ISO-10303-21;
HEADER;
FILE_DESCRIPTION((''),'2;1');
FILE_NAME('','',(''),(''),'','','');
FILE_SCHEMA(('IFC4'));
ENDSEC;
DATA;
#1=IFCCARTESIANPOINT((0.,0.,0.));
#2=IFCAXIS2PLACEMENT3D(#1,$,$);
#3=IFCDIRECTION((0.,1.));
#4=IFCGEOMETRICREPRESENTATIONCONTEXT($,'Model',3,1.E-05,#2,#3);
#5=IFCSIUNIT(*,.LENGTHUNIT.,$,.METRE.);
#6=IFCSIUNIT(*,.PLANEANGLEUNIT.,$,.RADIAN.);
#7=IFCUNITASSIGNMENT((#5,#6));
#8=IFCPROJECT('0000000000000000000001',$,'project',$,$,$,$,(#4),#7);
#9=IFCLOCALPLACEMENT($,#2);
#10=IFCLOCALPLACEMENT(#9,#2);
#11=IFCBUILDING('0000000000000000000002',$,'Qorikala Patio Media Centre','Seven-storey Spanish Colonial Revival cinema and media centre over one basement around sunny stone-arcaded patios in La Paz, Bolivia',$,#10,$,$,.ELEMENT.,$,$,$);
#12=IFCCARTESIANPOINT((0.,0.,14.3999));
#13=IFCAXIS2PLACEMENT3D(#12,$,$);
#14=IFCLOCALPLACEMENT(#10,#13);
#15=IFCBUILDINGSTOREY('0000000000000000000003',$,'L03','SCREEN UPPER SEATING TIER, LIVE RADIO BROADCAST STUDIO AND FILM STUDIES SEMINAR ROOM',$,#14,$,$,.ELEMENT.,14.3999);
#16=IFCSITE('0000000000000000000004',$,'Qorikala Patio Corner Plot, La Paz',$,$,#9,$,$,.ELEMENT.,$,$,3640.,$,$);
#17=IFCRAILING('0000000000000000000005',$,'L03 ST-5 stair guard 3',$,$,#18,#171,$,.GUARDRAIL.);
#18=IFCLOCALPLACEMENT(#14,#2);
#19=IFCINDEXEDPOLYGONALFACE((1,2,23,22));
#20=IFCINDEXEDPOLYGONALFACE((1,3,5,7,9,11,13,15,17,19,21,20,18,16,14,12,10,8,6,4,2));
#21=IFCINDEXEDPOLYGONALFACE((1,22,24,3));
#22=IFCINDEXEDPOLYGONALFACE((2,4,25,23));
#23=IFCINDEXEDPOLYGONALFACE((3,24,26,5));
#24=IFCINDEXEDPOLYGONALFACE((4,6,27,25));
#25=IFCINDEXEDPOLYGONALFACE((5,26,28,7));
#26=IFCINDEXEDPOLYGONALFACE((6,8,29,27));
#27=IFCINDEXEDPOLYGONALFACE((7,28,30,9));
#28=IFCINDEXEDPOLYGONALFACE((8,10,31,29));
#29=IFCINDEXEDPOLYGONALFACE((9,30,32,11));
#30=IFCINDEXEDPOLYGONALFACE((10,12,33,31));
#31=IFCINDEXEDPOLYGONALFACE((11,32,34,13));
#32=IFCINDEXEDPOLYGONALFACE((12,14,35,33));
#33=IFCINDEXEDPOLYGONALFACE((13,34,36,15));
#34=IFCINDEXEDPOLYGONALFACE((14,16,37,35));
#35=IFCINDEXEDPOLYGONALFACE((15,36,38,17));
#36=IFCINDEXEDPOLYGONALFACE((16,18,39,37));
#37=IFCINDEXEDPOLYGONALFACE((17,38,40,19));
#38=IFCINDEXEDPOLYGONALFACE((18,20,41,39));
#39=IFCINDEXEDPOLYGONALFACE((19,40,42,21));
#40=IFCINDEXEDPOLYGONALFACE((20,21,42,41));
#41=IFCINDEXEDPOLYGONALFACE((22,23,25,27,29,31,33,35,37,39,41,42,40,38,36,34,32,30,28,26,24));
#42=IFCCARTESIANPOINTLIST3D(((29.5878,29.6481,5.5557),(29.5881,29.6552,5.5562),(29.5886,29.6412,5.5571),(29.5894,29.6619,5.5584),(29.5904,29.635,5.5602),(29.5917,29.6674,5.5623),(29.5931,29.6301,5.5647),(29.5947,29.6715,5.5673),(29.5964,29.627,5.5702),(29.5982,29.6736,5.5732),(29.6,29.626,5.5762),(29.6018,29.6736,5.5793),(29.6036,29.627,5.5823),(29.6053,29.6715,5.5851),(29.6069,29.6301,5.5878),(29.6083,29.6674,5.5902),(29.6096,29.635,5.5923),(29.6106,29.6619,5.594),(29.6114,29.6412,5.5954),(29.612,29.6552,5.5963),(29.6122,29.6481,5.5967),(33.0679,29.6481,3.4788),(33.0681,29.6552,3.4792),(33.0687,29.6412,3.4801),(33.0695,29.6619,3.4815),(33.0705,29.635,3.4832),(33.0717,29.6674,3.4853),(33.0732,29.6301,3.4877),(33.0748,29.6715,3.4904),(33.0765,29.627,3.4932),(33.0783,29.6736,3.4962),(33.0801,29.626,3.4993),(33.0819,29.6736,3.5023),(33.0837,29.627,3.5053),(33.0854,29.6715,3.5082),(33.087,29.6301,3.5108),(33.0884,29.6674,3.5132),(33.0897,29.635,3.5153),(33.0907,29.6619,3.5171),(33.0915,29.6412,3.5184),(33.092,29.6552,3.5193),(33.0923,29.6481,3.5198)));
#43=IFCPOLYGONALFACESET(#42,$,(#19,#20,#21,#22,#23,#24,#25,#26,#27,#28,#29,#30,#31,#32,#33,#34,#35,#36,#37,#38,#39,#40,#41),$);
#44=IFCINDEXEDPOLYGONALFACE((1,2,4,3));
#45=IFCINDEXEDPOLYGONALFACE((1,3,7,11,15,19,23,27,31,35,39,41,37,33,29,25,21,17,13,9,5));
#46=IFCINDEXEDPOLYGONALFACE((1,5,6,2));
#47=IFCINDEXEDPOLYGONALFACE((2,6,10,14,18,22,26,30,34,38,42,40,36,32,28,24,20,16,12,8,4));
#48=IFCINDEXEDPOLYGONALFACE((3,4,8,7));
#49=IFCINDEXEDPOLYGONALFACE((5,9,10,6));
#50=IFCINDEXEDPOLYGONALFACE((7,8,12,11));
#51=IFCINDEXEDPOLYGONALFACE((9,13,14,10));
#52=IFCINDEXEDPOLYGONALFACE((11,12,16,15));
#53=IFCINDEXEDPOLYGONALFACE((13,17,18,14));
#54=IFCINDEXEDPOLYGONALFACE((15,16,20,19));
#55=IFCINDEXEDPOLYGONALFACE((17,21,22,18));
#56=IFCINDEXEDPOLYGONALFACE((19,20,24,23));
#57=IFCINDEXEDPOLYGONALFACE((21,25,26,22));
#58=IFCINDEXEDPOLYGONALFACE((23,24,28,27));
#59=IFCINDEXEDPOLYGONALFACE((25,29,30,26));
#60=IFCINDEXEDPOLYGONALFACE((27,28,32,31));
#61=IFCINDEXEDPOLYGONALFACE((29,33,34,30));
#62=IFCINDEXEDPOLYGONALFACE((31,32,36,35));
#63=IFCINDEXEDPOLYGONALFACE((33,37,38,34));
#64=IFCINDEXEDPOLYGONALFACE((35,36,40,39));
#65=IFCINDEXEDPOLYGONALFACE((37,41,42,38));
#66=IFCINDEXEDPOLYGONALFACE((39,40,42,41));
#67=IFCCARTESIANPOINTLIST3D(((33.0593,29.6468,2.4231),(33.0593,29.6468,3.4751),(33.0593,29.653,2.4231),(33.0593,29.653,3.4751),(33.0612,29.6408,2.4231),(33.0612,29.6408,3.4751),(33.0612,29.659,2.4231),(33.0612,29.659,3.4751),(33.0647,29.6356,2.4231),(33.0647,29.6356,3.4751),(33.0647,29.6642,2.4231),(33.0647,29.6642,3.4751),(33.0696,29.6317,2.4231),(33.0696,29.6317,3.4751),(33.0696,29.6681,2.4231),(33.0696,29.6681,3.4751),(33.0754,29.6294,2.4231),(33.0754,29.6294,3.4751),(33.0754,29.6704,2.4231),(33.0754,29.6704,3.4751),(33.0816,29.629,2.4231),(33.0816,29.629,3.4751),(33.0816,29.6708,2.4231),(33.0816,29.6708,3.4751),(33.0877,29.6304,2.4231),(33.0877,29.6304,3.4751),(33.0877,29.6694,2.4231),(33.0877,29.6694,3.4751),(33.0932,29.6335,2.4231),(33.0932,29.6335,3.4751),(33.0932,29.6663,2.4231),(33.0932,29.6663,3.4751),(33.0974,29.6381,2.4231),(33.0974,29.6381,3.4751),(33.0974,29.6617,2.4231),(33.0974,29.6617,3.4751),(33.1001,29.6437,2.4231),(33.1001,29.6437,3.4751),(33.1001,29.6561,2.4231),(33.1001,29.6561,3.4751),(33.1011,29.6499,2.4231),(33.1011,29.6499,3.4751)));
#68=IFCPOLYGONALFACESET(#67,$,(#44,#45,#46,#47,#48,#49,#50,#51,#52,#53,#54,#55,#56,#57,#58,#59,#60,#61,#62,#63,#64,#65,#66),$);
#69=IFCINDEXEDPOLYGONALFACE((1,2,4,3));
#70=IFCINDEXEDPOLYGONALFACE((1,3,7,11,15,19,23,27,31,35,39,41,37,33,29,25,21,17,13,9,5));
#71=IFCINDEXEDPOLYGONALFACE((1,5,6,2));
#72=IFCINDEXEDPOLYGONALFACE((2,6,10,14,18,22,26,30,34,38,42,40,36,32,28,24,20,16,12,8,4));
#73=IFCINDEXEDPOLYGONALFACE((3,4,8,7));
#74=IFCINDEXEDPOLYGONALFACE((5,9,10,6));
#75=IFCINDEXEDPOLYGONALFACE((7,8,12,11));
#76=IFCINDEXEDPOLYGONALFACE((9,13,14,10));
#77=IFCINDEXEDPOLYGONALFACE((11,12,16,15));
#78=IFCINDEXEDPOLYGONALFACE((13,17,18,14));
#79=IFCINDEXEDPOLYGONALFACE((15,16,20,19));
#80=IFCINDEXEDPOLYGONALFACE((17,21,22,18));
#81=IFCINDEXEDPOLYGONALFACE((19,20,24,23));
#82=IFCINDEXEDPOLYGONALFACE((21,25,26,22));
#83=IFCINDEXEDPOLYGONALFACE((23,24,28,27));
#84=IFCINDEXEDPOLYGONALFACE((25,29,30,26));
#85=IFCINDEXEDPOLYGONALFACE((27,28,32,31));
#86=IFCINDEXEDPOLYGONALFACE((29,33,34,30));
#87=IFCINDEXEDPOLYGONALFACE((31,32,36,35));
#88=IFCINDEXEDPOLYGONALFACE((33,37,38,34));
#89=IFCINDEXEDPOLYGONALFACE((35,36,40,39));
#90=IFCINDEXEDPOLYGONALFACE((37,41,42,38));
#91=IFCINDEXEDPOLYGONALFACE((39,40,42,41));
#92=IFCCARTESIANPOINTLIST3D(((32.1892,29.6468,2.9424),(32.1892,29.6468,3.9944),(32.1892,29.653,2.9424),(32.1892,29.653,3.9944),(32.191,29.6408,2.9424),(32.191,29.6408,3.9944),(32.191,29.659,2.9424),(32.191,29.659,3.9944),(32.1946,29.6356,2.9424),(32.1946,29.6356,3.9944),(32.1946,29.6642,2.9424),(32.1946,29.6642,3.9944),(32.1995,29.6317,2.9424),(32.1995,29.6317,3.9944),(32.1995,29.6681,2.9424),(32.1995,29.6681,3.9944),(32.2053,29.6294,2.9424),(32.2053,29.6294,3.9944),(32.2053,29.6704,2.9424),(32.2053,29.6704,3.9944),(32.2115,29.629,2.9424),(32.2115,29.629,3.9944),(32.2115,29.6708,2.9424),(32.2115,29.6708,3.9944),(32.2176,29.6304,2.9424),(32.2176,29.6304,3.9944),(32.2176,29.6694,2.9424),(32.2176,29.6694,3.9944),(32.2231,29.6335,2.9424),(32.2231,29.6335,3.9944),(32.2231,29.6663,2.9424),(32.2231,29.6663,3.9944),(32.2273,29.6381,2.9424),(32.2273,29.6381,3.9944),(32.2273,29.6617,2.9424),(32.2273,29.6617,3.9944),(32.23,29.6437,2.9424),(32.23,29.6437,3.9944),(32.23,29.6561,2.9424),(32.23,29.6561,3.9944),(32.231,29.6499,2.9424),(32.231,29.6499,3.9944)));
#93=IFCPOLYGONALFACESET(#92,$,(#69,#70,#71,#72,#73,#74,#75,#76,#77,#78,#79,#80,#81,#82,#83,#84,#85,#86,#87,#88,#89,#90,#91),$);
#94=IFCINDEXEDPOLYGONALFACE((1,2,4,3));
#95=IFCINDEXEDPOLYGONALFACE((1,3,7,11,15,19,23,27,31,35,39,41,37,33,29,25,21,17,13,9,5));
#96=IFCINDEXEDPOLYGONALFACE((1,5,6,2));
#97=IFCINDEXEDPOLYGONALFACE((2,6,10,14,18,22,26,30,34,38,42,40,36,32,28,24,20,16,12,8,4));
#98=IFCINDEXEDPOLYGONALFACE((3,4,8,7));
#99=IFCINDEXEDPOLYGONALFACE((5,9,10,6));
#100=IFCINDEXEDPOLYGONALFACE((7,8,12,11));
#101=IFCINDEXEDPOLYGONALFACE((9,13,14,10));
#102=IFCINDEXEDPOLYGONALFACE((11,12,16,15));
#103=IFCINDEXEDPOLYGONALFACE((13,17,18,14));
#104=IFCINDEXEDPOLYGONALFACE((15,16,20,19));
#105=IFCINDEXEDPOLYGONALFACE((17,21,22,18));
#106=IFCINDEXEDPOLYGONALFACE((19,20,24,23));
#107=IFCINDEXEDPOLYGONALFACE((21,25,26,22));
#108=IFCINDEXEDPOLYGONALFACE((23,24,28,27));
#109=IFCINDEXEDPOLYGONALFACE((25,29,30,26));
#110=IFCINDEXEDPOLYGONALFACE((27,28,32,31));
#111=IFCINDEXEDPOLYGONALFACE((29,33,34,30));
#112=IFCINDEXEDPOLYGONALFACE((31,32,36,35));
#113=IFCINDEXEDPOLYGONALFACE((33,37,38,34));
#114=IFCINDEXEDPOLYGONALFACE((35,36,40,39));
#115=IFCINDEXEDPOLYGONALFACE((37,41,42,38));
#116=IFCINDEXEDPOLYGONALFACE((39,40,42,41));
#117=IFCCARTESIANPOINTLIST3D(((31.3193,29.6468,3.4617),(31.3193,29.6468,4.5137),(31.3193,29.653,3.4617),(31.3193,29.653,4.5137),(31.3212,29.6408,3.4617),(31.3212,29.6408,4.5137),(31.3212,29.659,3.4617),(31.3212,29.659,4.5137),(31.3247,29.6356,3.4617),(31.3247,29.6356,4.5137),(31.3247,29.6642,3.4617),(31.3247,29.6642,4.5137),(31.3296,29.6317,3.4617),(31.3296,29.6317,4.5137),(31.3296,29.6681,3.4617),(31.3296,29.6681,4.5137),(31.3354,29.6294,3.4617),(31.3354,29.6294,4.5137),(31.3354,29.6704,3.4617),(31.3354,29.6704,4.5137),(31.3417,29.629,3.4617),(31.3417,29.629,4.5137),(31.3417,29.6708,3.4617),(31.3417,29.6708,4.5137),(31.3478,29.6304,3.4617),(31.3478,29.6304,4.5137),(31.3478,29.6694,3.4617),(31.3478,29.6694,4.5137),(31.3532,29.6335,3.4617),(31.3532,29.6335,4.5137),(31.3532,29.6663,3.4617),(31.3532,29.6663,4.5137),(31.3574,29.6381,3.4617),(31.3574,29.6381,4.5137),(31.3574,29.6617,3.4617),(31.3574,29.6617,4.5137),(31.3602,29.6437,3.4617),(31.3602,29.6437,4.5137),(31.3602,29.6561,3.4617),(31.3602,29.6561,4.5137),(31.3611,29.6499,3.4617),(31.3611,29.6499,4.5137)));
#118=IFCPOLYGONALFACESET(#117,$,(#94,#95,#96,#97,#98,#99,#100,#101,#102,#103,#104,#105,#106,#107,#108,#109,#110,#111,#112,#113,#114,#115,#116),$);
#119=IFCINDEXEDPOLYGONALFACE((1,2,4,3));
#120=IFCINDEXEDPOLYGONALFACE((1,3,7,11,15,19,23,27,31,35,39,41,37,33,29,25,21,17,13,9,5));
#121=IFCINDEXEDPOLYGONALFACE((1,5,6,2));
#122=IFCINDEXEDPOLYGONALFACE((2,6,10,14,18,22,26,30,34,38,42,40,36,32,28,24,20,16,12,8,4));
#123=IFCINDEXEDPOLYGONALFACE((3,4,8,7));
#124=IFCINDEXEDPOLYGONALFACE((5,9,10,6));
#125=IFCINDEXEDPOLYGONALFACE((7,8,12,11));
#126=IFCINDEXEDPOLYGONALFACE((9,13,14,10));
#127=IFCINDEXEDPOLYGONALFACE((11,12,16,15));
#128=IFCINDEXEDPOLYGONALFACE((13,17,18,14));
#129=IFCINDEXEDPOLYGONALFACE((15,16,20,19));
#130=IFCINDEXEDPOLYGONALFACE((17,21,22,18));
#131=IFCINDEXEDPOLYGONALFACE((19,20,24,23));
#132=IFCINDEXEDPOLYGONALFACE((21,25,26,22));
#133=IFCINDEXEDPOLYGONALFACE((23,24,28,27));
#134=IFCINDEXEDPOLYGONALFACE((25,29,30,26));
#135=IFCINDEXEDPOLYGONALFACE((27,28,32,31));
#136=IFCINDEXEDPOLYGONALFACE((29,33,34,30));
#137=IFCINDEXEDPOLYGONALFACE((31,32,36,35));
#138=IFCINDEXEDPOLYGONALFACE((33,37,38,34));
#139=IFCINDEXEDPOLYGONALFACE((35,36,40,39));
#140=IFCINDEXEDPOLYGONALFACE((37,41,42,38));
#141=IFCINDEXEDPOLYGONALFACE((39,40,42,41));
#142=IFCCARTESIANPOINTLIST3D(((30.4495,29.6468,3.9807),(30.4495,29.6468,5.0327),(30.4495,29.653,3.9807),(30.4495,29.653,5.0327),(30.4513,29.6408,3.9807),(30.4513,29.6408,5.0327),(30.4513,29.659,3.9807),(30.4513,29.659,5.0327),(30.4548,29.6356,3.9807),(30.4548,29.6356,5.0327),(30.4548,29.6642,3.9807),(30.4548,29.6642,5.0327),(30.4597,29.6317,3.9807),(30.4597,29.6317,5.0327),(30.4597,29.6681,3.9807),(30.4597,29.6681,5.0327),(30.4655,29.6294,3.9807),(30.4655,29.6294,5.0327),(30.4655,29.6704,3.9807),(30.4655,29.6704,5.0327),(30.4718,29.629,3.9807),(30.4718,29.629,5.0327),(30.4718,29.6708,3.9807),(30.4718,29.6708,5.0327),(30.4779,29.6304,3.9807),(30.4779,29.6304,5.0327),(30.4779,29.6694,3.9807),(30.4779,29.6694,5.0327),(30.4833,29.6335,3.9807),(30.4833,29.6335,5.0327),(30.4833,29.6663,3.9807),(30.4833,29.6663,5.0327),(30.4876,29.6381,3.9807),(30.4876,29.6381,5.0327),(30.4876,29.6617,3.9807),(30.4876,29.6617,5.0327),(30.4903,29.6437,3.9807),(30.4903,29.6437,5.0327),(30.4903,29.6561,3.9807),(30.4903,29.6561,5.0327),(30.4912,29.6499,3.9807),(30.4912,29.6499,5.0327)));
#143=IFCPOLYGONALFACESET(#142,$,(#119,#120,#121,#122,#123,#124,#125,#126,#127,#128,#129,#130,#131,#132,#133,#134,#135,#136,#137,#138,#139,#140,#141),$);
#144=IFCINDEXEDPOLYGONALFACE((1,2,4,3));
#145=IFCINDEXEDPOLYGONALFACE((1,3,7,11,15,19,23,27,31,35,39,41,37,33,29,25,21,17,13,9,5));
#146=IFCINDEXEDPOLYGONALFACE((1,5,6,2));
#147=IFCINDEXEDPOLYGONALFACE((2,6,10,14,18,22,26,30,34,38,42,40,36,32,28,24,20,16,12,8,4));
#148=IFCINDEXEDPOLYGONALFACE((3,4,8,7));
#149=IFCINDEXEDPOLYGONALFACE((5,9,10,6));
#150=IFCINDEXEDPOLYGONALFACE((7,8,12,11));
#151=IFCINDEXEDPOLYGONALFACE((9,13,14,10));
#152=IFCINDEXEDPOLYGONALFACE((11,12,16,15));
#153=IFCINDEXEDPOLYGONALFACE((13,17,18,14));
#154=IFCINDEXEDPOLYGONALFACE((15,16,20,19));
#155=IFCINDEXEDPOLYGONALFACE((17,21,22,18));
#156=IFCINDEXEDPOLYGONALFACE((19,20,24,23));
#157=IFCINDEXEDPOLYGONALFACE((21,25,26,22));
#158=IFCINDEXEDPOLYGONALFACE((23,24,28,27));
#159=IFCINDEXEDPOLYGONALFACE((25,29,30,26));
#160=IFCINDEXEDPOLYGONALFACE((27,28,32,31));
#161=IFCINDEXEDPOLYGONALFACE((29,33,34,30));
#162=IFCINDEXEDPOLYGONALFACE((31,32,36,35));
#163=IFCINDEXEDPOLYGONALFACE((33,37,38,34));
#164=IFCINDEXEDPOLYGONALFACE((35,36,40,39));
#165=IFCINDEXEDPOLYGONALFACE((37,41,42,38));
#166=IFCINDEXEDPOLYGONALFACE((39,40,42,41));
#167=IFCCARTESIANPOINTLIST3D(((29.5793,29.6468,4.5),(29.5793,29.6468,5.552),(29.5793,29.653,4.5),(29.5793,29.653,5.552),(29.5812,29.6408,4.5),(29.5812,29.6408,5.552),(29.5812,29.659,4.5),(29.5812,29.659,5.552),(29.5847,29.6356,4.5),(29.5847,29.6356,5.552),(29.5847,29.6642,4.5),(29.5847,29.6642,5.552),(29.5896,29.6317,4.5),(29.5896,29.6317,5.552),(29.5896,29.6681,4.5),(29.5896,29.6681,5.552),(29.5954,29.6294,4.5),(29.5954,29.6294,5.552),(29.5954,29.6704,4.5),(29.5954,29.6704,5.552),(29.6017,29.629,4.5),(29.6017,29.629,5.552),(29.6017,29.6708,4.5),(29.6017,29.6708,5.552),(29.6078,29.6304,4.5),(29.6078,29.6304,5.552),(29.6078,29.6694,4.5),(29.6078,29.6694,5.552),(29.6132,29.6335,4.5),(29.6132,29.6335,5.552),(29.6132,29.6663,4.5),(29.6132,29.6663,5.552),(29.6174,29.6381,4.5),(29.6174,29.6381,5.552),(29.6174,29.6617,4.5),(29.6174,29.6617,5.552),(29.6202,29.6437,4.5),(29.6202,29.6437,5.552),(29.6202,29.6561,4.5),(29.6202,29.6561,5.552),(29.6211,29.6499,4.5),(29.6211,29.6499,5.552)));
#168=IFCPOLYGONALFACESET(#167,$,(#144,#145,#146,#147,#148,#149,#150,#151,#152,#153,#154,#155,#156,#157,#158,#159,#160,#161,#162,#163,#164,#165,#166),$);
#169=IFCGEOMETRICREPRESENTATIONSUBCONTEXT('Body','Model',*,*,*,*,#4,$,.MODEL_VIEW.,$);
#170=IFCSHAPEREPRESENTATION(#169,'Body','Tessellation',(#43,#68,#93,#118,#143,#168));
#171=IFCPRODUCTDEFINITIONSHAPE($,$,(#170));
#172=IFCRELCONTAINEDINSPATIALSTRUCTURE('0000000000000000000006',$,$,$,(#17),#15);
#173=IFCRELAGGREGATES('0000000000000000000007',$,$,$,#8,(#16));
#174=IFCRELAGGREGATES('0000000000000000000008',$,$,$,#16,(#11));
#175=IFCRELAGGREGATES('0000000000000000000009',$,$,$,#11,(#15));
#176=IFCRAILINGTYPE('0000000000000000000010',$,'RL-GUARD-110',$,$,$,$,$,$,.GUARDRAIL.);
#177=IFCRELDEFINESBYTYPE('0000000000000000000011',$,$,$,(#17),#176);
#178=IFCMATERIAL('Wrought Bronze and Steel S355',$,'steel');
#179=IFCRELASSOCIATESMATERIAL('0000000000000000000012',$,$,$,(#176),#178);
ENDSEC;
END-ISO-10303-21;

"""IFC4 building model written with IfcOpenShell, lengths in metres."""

from ifc_helpers import new_model, si_unit, direction, frame, origin, origin_2d, place, context, subcontext, project, spatial, circle, extrude, material, type_object, element, save


model = new_model("IFC4")

# Units and contexts
model_context = context("Model", 3, precision=1e-05, world=origin(), true_north=direction((0.0, 1.0)))
body_context = subcontext(model_context, "Body", "Model", "MODEL_VIEW")
ifc_project = project(units=[si_unit("LENGTHUNIT", "METRE"), si_unit("PLANEANGLEUNIT", "RADIAN")], contexts=[model_context])

# Site, building, storey
site_placement = place(None, origin())
site = spatial("IfcSite", under=ifc_project, at=site_placement, Name="Qorikala Patio Corner Plot, La Paz", CompositionType="ELEMENT", RefElevation=3640.0)
building_placement = place(site_placement, origin())
building = spatial("IfcBuilding", under=site, at=building_placement, Name="Qorikala Patio Media Centre", Description="Seven-storey Spanish Colonial Revival cinema and media centre over one basement around sunny stone-arcaded patios in La Paz, Bolivia", CompositionType="ELEMENT")
storey_placement = place(building_placement, frame((0.0, 0.0, 14.3999)))
storey = spatial("IfcBuildingStorey", under=building, at=storey_placement, Name="L03", Description="SCREEN UPPER SEATING TIER, LIVE RADIO BROADCAST STUDIO AND FILM STUDIES SEMINAR ROOM", CompositionType="ELEMENT", Elevation=14.3999)

# Railing
ifc_material_1 = material(Name="Wrought Bronze and Steel S355", Category="steel")
railing_type_1 = type_object("IfcRailingType", Name="RL-GUARD-110", PredefinedType="GUARDRAIL", material=ifc_material_1)
railing_1_placement = place(storey_placement, frame((33.0801, 29.6499, 2.4231)))
element("IfcRailing", 1, at=railing_1_placement, inside=storey, type_object=railing_type_1, Name="L03 ST-5 stair guard 3", PredefinedType="GUARDRAIL", context=body_context, shape_type="SweptSolid", body=[
    extrude(circle(Radius=0.0239, at=origin_2d()), frame((0.0, 0.0, 1.0762), z_axis=(-0.858697, 0.0, 0.512483), x_axis=(0.0, -1.0, 0.0)), (0.0, 0.0, 1.0), 4.0527),
    extrude(circle(Radius=0.021, at=origin_2d()), origin(), (0.0, 0.0, 1.0), 1.052),
    extrude(circle(Radius=0.021, at=origin_2d()), frame((-0.8701, 0.0, 0.5193)), (0.0, 0.0, 1.0), 1.052),
    extrude(circle(Radius=0.021, at=origin_2d()), frame((-1.74, 0.0, 1.0386)), (0.0, 0.0, 1.0), 1.052),
    extrude(circle(Radius=0.021, at=origin_2d()), frame((-2.6099, 0.0, 1.5576)), (0.0, 0.0, 1.0), 1.052),
    extrude(circle(Radius=0.021, at=origin_2d()), frame((-3.48, 0.0, 2.0769)), (0.0, 0.0, 1.0), 1.052),
])

save(model, "model.ifc")
